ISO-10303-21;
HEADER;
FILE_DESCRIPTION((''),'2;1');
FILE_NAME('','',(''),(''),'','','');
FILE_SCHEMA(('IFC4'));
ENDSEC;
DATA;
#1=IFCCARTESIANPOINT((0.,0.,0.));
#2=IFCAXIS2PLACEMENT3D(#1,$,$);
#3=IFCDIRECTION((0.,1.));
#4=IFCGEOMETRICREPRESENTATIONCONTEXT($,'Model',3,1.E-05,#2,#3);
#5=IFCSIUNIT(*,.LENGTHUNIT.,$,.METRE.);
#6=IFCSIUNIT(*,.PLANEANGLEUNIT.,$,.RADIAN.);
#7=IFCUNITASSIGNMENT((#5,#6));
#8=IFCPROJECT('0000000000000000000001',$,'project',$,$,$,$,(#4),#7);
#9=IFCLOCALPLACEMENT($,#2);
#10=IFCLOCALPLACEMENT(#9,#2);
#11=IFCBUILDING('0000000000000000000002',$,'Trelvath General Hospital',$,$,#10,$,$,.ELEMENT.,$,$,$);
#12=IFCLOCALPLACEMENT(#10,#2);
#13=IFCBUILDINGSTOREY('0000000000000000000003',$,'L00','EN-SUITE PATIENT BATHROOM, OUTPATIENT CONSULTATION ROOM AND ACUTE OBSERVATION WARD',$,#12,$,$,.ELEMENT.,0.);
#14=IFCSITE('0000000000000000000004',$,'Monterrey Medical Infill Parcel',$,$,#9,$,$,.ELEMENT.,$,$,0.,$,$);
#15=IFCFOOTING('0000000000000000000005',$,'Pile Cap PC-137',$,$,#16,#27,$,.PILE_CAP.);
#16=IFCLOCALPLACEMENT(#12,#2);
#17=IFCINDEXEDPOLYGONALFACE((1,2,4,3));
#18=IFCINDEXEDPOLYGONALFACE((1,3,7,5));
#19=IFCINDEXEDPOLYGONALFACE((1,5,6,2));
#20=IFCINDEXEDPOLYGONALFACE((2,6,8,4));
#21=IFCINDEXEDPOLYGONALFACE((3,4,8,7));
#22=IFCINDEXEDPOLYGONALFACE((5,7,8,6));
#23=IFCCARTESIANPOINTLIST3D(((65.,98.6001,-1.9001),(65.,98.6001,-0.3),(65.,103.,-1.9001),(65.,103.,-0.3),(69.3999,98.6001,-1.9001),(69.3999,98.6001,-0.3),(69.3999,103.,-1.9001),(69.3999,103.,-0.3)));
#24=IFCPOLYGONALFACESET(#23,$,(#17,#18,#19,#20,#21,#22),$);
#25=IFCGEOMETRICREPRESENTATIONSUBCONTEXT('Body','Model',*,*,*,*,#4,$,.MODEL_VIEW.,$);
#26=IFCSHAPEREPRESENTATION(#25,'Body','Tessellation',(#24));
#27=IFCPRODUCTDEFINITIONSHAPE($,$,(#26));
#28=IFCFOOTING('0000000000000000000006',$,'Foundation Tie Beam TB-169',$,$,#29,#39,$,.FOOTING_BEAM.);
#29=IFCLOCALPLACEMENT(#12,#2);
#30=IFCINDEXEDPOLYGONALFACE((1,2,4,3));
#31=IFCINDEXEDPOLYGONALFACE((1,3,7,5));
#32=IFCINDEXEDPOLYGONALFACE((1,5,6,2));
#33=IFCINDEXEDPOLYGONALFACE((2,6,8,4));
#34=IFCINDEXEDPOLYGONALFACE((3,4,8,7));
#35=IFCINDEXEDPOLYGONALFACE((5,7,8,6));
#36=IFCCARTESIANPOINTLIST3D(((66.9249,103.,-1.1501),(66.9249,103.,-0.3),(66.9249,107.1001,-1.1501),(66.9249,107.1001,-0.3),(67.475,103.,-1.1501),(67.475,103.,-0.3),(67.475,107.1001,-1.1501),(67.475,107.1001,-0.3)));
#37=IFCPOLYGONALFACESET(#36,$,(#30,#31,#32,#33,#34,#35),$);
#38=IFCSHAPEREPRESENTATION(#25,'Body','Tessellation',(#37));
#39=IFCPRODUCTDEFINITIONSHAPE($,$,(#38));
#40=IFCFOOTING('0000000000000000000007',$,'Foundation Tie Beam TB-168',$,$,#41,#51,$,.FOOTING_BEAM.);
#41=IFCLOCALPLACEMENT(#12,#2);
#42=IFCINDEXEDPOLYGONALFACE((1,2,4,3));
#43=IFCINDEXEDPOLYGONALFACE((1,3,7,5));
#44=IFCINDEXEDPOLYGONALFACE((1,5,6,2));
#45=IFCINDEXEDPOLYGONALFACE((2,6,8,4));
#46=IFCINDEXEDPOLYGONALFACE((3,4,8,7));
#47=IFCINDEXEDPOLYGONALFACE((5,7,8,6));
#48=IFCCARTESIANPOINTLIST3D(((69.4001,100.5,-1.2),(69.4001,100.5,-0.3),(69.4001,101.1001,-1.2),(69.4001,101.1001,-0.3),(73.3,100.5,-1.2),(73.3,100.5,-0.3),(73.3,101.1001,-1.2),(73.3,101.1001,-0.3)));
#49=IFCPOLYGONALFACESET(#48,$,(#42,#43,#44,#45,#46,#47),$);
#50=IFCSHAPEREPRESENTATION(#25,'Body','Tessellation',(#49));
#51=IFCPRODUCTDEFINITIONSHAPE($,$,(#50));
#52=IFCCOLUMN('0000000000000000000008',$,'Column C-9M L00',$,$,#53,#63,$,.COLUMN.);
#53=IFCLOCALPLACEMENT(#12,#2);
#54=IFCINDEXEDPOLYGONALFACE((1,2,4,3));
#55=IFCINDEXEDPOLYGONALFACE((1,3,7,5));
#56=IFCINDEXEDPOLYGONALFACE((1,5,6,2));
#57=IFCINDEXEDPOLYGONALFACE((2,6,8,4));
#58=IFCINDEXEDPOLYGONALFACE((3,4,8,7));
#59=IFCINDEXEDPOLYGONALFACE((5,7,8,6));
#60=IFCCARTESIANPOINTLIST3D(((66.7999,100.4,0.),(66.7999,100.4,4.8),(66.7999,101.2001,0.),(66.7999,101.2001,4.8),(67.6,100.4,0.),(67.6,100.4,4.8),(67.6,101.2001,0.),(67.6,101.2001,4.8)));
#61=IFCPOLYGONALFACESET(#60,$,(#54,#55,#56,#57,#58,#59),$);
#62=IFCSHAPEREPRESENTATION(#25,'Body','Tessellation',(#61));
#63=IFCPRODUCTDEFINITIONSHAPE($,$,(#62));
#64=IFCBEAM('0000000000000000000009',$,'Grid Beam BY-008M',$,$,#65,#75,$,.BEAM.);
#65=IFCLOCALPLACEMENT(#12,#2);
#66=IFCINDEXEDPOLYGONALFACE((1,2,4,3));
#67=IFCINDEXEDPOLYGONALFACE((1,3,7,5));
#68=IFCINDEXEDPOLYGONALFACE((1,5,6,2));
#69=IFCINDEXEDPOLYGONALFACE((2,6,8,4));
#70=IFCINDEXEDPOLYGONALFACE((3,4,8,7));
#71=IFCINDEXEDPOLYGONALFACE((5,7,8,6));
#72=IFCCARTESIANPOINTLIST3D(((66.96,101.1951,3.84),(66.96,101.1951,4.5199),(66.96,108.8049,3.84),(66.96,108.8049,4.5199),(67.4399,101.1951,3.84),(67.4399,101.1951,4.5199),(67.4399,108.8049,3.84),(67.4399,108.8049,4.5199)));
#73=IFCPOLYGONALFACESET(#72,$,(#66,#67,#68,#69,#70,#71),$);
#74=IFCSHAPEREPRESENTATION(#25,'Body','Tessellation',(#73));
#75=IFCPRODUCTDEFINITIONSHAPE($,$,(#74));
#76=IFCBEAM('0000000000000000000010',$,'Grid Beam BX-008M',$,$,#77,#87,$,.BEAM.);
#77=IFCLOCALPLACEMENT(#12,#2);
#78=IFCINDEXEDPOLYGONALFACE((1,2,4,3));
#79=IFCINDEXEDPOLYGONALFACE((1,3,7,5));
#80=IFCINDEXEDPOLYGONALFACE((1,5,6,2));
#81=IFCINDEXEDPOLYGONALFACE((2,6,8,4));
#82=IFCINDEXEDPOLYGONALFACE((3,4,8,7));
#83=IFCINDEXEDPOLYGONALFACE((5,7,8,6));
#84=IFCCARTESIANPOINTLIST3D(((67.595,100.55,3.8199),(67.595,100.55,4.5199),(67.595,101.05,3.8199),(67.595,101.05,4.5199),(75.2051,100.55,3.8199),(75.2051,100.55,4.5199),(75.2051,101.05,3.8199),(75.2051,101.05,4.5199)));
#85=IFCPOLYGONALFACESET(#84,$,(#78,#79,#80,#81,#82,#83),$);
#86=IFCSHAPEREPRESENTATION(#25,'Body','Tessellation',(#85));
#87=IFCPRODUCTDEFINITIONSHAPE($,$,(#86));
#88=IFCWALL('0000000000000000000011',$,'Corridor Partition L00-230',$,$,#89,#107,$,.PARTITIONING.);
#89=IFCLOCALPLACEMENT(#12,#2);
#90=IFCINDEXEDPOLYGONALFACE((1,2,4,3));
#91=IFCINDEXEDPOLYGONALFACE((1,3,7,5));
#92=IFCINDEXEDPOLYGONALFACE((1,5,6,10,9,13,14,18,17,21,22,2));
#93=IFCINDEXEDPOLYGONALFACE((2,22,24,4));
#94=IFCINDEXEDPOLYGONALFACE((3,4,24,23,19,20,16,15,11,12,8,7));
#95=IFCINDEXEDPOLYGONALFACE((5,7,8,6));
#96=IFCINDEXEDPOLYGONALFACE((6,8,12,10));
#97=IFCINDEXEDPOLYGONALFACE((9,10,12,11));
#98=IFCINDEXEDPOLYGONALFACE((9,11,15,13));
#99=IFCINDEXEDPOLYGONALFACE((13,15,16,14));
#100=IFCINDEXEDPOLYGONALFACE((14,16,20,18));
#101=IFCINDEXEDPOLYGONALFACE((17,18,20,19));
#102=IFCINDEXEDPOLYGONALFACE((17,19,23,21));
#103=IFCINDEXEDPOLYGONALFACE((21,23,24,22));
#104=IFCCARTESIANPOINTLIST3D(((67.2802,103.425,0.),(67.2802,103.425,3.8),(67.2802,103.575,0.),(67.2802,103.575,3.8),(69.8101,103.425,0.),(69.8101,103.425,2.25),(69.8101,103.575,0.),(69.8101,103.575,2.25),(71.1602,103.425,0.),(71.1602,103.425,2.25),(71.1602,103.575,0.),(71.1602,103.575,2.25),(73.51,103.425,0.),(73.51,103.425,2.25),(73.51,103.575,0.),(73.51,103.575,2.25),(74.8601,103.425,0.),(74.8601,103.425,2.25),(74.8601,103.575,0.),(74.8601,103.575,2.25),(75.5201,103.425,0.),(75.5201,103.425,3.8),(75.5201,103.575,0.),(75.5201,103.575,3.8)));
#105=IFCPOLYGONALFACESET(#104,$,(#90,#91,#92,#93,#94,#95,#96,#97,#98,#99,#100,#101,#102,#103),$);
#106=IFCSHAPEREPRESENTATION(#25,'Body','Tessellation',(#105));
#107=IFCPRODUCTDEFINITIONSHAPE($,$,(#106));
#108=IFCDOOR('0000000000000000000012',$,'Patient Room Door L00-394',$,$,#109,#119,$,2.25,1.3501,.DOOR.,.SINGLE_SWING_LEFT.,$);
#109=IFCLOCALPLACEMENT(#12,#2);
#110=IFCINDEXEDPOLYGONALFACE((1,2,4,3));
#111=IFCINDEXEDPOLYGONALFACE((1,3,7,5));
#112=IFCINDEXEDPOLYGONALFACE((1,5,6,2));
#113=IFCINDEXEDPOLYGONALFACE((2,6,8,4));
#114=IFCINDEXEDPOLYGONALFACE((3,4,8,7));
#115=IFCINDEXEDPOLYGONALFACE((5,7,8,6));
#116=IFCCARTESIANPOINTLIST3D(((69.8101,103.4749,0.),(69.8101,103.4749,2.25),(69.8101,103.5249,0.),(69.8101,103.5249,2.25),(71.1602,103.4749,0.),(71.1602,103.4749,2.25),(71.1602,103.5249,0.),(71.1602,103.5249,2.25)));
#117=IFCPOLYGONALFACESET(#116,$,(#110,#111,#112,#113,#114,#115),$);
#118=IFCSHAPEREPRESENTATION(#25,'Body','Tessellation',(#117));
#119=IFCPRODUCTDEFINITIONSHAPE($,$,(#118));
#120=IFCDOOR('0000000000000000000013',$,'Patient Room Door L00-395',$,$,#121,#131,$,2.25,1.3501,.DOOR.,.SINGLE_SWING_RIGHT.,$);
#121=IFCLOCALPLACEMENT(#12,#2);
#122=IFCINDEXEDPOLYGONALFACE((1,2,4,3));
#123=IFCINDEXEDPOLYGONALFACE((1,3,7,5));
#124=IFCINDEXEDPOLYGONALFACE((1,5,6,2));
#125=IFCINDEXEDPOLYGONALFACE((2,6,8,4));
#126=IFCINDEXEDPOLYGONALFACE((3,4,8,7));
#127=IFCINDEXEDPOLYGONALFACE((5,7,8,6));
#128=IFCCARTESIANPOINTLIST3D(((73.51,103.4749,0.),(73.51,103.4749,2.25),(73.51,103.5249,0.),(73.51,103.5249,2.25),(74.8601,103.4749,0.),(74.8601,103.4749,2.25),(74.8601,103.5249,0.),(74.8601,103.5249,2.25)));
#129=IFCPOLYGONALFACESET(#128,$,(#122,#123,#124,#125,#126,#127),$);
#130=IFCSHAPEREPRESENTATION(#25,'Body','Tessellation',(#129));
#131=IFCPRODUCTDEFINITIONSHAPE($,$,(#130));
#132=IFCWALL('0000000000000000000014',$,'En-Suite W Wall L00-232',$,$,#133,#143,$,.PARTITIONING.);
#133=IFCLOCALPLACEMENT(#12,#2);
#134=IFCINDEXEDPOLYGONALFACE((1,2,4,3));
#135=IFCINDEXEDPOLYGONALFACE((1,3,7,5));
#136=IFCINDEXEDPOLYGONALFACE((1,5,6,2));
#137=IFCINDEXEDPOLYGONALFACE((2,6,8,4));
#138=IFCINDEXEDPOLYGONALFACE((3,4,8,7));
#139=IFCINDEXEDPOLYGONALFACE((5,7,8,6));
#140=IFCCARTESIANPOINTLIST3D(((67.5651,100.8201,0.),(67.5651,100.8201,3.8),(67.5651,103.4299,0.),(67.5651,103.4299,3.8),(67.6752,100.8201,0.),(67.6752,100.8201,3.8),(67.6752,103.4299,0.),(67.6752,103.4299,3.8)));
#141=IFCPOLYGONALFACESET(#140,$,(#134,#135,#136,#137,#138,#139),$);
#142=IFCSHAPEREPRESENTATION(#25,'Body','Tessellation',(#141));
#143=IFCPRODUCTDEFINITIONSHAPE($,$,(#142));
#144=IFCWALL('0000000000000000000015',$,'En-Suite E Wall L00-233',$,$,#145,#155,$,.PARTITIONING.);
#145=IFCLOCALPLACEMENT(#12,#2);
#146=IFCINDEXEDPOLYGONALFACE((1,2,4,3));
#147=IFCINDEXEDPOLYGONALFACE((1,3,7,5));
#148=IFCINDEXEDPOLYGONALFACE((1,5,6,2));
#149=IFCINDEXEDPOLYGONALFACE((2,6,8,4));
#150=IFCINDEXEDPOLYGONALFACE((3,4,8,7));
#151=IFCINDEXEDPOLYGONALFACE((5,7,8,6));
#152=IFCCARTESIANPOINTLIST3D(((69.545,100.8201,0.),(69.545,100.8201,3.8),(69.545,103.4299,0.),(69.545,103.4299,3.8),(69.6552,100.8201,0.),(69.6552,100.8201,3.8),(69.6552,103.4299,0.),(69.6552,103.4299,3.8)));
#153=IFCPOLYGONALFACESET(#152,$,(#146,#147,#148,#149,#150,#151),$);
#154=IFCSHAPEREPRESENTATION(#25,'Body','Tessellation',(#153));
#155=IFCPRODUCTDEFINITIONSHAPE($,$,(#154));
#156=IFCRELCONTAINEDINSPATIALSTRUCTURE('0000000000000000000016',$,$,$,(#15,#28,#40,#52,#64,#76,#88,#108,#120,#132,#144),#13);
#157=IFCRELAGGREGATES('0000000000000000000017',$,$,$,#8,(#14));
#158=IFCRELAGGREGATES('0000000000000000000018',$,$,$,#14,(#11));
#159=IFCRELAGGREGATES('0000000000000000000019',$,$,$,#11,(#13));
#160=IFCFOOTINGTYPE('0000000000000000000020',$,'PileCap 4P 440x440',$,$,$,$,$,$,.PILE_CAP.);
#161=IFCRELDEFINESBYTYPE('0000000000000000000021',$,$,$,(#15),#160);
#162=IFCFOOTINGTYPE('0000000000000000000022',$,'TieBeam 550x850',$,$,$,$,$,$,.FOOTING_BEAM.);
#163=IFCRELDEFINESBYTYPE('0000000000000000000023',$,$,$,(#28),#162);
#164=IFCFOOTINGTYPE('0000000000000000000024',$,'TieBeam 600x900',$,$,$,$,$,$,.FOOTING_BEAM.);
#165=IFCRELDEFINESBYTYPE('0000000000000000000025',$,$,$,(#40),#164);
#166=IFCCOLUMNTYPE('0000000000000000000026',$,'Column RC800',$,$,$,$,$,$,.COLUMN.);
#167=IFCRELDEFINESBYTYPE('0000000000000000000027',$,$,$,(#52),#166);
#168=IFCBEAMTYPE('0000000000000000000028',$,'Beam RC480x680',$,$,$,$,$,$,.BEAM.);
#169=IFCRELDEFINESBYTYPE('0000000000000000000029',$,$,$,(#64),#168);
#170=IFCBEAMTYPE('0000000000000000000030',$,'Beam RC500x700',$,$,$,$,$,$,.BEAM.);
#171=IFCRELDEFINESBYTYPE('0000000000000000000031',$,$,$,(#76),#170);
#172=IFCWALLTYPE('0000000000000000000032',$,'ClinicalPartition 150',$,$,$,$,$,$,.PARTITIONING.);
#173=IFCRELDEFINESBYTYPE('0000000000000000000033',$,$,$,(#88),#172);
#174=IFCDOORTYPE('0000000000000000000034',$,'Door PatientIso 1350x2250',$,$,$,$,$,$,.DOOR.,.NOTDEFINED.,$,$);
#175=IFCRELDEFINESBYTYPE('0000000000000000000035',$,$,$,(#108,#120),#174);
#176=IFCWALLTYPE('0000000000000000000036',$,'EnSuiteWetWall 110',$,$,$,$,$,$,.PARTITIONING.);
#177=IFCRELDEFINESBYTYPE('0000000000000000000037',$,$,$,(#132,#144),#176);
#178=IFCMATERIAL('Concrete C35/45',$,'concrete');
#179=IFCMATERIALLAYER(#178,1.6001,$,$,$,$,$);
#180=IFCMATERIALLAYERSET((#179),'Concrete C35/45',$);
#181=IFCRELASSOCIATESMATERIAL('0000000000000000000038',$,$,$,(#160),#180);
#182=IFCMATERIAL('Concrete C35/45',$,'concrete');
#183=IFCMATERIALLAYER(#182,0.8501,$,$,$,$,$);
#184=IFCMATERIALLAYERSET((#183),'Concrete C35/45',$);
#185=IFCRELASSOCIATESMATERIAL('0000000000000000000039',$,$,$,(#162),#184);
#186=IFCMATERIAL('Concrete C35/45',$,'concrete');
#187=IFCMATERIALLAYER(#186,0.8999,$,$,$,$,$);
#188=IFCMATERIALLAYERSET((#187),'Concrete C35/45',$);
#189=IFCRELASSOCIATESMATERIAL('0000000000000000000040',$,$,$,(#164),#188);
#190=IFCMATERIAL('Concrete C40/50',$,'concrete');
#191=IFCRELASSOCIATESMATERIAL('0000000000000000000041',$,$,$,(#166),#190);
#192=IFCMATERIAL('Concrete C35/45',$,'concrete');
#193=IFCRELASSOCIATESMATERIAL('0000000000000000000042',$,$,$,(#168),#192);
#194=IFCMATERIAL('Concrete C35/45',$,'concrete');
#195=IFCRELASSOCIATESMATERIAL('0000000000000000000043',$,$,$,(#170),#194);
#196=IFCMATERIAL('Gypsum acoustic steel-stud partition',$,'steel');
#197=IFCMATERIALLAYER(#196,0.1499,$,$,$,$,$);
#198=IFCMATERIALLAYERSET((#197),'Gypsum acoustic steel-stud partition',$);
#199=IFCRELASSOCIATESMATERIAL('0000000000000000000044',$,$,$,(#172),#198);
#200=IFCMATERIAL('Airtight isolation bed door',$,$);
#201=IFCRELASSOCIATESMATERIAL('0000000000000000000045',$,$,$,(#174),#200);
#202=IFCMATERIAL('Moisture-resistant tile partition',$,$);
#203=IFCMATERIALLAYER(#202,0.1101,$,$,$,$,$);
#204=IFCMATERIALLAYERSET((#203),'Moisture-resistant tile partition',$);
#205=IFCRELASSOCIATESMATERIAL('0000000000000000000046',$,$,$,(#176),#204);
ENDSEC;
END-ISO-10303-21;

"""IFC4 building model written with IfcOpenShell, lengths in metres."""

from ifc_helpers import new_model, si_unit, direction, frame, frame_2d, origin, origin_2d, place, context, subcontext, project, spatial, rectangle, extrude, material, layer, layer_set, material_profile, profile_set, type_object, element, fill, save


model = new_model("IFC4")

# Units and contexts
model_context = context("Model", 3, precision=1e-05, world=origin(), true_north=direction((0.0, 1.0)))
body_context = subcontext(model_context, "Body", "Model", "MODEL_VIEW")
ifc_project = project(units=[si_unit("LENGTHUNIT", "METRE"), si_unit("PLANEANGLEUNIT", "RADIAN")], contexts=[model_context])

# Site, building, storey
site_placement = place(None, origin())
site = spatial("IfcSite", under=ifc_project, at=site_placement, Name="Monterrey Medical Infill Parcel", CompositionType="ELEMENT", RefElevation=0.0)
building_placement = place(site_placement, origin())
building = spatial("IfcBuilding", under=site, at=building_placement, Name="Trelvath General Hospital", CompositionType="ELEMENT")
storey_placement = place(building_placement, origin())
storey = spatial("IfcBuildingStorey", under=building, at=storey_placement, Name="L00", Description="EN-SUITE PATIENT BATHROOM, OUTPATIENT CONSULTATION ROOM AND ACUTE OBSERVATION WARD", CompositionType="ELEMENT", Elevation=0.0)

# Footings
ifc_material_1 = material(Name="Concrete C35/45", Category="concrete")
ifc_layer_1 = layer(ifc_material_1, 1.6001)
ifc_layer_set_1 = layer_set([ifc_layer_1], Name="Concrete C35/45")
footing_type_1 = type_object("IfcFootingType", Name="PileCap 4P 440x440", PredefinedType="PILE_CAP", material=ifc_layer_set_1)
footing_1_placement = place(storey_placement, frame((67.2, 100.8, -1.9001), z_axis=(0.0, 0.0, 1.0), x_axis=(1.0, 0.0, 0.0)))
element("IfcFooting", 1, at=footing_1_placement, inside=storey, type_object=footing_type_1, Name="Pile Cap PC-137", PredefinedType="PILE_CAP", context=body_context, shape_type="SweptSolid", body=[
    extrude(rectangle(XDim=4.3999, YDim=4.3999, at=origin_2d()), origin(), (0.0, 0.0, 1.0), 1.6001),
])
ifc_material_2 = material(Name="Concrete C35/45", Category="concrete")
ifc_layer_2 = layer(ifc_material_2, 0.8501)
ifc_layer_set_2 = layer_set([ifc_layer_2], Name="Concrete C35/45")
footing_type_2 = type_object("IfcFootingType", Name="TieBeam 550x850", PredefinedType="FOOTING_BEAM", material=ifc_layer_set_2)
footing_2_placement = place(storey_placement, frame((67.2, 105.05, -1.1501), z_axis=(0.0, 0.0, 1.0), x_axis=(1.0, 0.0, 0.0)))
element("IfcFooting", 2, at=footing_2_placement, inside=storey, type_object=footing_type_2, Name="Foundation Tie Beam TB-169", PredefinedType="FOOTING_BEAM", context=body_context, shape_type="SweptSolid", body=[
    extrude(rectangle(XDim=0.55, YDim=4.1001, at=origin_2d()), origin(), (0.0, 0.0, 1.0), 0.8501),
])
ifc_material_3 = material(Name="Concrete C35/45", Category="concrete")
ifc_layer_3 = layer(ifc_material_3, 0.8999)
ifc_layer_set_3 = layer_set([ifc_layer_3], Name="Concrete C35/45")
footing_type_3 = type_object("IfcFootingType", Name="TieBeam 600x900", PredefinedType="FOOTING_BEAM", material=ifc_layer_set_3)
footing_3_placement = place(storey_placement, frame((71.3501, 100.8, -1.2), z_axis=(0.0, 0.0, 1.0), x_axis=(1.0, 0.0, 0.0)))
element("IfcFooting", 3, at=footing_3_placement, inside=storey, type_object=footing_type_3, Name="Foundation Tie Beam TB-168", PredefinedType="FOOTING_BEAM", context=body_context, shape_type="SweptSolid", body=[
    extrude(rectangle(XDim=3.8999, YDim=0.6001, at=origin_2d()), origin(), (0.0, 0.0, 1.0), 0.8999),
])

# Column
ifc_material_4 = material(Name="Concrete C40/50", Category="concrete")
ifc_material_profile_1 = material_profile(ifc_material_4, rectangle(XDim=0.8, YDim=0.8, at=origin_2d()), Name="RC800x800")
ifc_profile_set_1 = profile_set([ifc_material_profile_1], Name="Concrete C40/50")
column_type = type_object("IfcColumnType", Name="Column RC800", PredefinedType="COLUMN", material=ifc_profile_set_1)
column_placement = place(storey_placement, frame((67.2, 100.8, 0.0), z_axis=(0.0, 0.0, 1.0), x_axis=(1.0, 0.0, 0.0)))
element("IfcColumn", 4, at=column_placement, inside=storey, type_object=column_type, Name="Column C-9M L00", PredefinedType="COLUMN", context=body_context, shape_type="SweptSolid", body=[
    extrude(rectangle(XDim=0.8, YDim=0.8, at=origin_2d()), origin(), (0.0, 0.0, 1.0), 4.8),
])

# Beams
ifc_material_5 = material(Name="Concrete C35/45", Category="concrete")
ifc_material_profile_2 = material_profile(ifc_material_5, rectangle(XDim=0.48, YDim=0.6799, at=origin_2d()), Name="RCB480x680")
ifc_profile_set_2 = profile_set([ifc_material_profile_2], Name="Concrete C35/45")
beam_type_1 = type_object("IfcBeamType", Name="Beam RC480x680", PredefinedType="BEAM", material=ifc_profile_set_2)
beam_1_placement = place(storey_placement, frame((67.2, 101.1951, 4.1799), z_axis=(0.0, 1.0, 0.0), x_axis=(-1.0, 0.0, 0.0)))
element("IfcBeam", 5, at=beam_1_placement, inside=storey, type_object=beam_type_1, Name="Grid Beam BY-008M", PredefinedType="BEAM", context=body_context, shape_type="SweptSolid", body=[
    extrude(rectangle(XDim=0.48, YDim=0.6799, at=origin_2d()), origin(), (0.0, 0.0, 1.0), 7.6099),
])
ifc_material_6 = material(Name="Concrete C35/45", Category="concrete")
ifc_material_profile_3 = material_profile(ifc_material_6, rectangle(XDim=0.5, YDim=0.7, at=origin_2d()), Name="RCB500x700")
ifc_profile_set_3 = profile_set([ifc_material_profile_3], Name="Concrete C35/45")
beam_type_2 = type_object("IfcBeamType", Name="Beam RC500x700", PredefinedType="BEAM", material=ifc_profile_set_3)
beam_2_placement = place(storey_placement, frame((67.595, 100.8, 4.1699), z_axis=(1.0, 0.0, 0.0), x_axis=(0.0, 1.0, 0.0)))
element("IfcBeam", 6, at=beam_2_placement, inside=storey, type_object=beam_type_2, Name="Grid Beam BX-008M", PredefinedType="BEAM", context=body_context, shape_type="SweptSolid", body=[
    extrude(rectangle(XDim=0.5, YDim=0.7, at=origin_2d()), origin(), (0.0, 0.0, 1.0), 7.6101),
])

# Wall, openings, doors
ifc_material_7 = material(Name="Gypsum acoustic steel-stud partition", Category="steel")
ifc_layer_4 = layer(ifc_material_7, 0.1499)
ifc_layer_set_4 = layer_set([ifc_layer_4], Name="Gypsum acoustic steel-stud partition")
wall_type_1 = type_object("IfcWallType", Name="ClinicalPartition 150", PredefinedType="PARTITIONING", material=ifc_layer_set_4)
wall_1_placement = place(storey_placement, frame((67.28, 103.5, 0.0), z_axis=(0.0, 0.0, 1.0), x_axis=(1.0, 0.0, 0.0)))
wall_1 = element("IfcWall", 7, at=wall_1_placement, inside=storey, type_object=wall_type_1, Name="Corridor Partition L00-230", PredefinedType="PARTITIONING", context=body_context, shape_type="SweptSolid", body=[
    extrude(rectangle(XDim=8.24, YDim=0.1499, at=frame_2d((4.1201, 0.0))), origin(), (0.0, 0.0, 1.0), 3.8),
])
opening_1_placement = place(wall_1_placement, frame((2.53, 0.0, 0.0)))
opening_1 = element("IfcOpeningElement", 8, at=opening_1_placement, cuts=wall_1, PredefinedType="OPENING", context=body_context, shape_type="SweptSolid", body=[
    extrude(rectangle(XDim=1.3501, YDim=2.25, at=frame_2d((0.675, 1.125))), frame((0.0, 0.085, 0.0), z_axis=(0.0, -1.0, 0.0), x_axis=(1.0, 0.0, 0.0)), (0.0, 0.0, 1.0), 0.1699),
])
opening_2_placement = place(wall_1_placement, frame((6.23, 0.0, 0.0)))
opening_2 = element("IfcOpeningElement", 9, at=opening_2_placement, cuts=wall_1, PredefinedType="OPENING", context=body_context, shape_type="SweptSolid", body=[
    extrude(rectangle(XDim=1.3501, YDim=2.25, at=frame_2d((0.675, 1.125))), frame((0.0, 0.085, 0.0), z_axis=(0.0, -1.0, 0.0), x_axis=(1.0, 0.0, 0.0)), (0.0, 0.0, 1.0), 0.1699),
])
ifc_material_8 = material(Name="Airtight isolation bed door")
door_type_1 = type_object("IfcDoorType", Name="Door PatientIso 1350x2250", OperationType="NOTDEFINED", PredefinedType="DOOR", material=ifc_material_8)
door_1_placement = place(opening_1_placement, origin())
door_1 = element("IfcDoor", 10, at=door_1_placement, inside=storey, type_object=door_type_1, Name="Patient Room Door L00-394", OperationType="SINGLE_SWING_LEFT", OverallHeight=2.25, OverallWidth=1.3501, PredefinedType="DOOR", context=body_context, shape_type="SweptSolid", body=[
    extrude(rectangle(XDim=1.3501, YDim=2.25, at=frame_2d((0.675, 1.125))), frame((0.0, 0.0249, 0.0), z_axis=(0.0, -1.0, 0.0), x_axis=(1.0, 0.0, 0.0)), (0.0, 0.0, 1.0), 0.05),
])
fill(opening_1, door_1)
door_2_placement = place(opening_2_placement, origin())
door_2 = element("IfcDoor", 11, at=door_2_placement, inside=storey, type_object=door_type_1, Name="Patient Room Door L00-395", OperationType="SINGLE_SWING_RIGHT", OverallHeight=2.25, OverallWidth=1.3501, PredefinedType="DOOR", context=body_context, shape_type="SweptSolid", body=[
    extrude(rectangle(XDim=1.3501, YDim=2.25, at=frame_2d((0.675, 1.125))), frame((0.0, 0.0249, 0.0), z_axis=(0.0, -1.0, 0.0), x_axis=(1.0, 0.0, 0.0)), (0.0, 0.0, 1.0), 0.05),
])
fill(opening_2, door_2)

# Walls
ifc_material_9 = material(Name="Moisture-resistant tile partition")
ifc_layer_5 = layer(ifc_material_9, 0.1101)
ifc_layer_set_5 = layer_set([ifc_layer_5], Name="Moisture-resistant tile partition")
wall_type_2 = type_object("IfcWallType", Name="EnSuiteWetWall 110", PredefinedType="PARTITIONING", material=ifc_layer_set_5)
for number, where, z_axis, x_axis, name in (
    (12, (67.6201, 100.8201, 0.0), (0.0, 0.0, 1.0), (0.0, 1.0, 0.0), "En-Suite W Wall L00-232"),
    (13, (69.6001, 100.8201, 0.0), (0.0, 0.0, 1.0), (0.0, 1.0, 0.0), "En-Suite E Wall L00-233"),
):
    element("IfcWall", number, at=place(storey_placement, frame(where, z_axis=z_axis, x_axis=x_axis)), inside=storey, type_object=wall_type_2, Name=name, PredefinedType="PARTITIONING", context=body_context, shape_type="SweptSolid", body=[
        extrude(rectangle(XDim=2.6099, YDim=0.1101, at=frame_2d((1.3049, 0.0))), origin(), (0.0, 0.0, 1.0), 3.8),
    ])

save(model, "model.ifc")
